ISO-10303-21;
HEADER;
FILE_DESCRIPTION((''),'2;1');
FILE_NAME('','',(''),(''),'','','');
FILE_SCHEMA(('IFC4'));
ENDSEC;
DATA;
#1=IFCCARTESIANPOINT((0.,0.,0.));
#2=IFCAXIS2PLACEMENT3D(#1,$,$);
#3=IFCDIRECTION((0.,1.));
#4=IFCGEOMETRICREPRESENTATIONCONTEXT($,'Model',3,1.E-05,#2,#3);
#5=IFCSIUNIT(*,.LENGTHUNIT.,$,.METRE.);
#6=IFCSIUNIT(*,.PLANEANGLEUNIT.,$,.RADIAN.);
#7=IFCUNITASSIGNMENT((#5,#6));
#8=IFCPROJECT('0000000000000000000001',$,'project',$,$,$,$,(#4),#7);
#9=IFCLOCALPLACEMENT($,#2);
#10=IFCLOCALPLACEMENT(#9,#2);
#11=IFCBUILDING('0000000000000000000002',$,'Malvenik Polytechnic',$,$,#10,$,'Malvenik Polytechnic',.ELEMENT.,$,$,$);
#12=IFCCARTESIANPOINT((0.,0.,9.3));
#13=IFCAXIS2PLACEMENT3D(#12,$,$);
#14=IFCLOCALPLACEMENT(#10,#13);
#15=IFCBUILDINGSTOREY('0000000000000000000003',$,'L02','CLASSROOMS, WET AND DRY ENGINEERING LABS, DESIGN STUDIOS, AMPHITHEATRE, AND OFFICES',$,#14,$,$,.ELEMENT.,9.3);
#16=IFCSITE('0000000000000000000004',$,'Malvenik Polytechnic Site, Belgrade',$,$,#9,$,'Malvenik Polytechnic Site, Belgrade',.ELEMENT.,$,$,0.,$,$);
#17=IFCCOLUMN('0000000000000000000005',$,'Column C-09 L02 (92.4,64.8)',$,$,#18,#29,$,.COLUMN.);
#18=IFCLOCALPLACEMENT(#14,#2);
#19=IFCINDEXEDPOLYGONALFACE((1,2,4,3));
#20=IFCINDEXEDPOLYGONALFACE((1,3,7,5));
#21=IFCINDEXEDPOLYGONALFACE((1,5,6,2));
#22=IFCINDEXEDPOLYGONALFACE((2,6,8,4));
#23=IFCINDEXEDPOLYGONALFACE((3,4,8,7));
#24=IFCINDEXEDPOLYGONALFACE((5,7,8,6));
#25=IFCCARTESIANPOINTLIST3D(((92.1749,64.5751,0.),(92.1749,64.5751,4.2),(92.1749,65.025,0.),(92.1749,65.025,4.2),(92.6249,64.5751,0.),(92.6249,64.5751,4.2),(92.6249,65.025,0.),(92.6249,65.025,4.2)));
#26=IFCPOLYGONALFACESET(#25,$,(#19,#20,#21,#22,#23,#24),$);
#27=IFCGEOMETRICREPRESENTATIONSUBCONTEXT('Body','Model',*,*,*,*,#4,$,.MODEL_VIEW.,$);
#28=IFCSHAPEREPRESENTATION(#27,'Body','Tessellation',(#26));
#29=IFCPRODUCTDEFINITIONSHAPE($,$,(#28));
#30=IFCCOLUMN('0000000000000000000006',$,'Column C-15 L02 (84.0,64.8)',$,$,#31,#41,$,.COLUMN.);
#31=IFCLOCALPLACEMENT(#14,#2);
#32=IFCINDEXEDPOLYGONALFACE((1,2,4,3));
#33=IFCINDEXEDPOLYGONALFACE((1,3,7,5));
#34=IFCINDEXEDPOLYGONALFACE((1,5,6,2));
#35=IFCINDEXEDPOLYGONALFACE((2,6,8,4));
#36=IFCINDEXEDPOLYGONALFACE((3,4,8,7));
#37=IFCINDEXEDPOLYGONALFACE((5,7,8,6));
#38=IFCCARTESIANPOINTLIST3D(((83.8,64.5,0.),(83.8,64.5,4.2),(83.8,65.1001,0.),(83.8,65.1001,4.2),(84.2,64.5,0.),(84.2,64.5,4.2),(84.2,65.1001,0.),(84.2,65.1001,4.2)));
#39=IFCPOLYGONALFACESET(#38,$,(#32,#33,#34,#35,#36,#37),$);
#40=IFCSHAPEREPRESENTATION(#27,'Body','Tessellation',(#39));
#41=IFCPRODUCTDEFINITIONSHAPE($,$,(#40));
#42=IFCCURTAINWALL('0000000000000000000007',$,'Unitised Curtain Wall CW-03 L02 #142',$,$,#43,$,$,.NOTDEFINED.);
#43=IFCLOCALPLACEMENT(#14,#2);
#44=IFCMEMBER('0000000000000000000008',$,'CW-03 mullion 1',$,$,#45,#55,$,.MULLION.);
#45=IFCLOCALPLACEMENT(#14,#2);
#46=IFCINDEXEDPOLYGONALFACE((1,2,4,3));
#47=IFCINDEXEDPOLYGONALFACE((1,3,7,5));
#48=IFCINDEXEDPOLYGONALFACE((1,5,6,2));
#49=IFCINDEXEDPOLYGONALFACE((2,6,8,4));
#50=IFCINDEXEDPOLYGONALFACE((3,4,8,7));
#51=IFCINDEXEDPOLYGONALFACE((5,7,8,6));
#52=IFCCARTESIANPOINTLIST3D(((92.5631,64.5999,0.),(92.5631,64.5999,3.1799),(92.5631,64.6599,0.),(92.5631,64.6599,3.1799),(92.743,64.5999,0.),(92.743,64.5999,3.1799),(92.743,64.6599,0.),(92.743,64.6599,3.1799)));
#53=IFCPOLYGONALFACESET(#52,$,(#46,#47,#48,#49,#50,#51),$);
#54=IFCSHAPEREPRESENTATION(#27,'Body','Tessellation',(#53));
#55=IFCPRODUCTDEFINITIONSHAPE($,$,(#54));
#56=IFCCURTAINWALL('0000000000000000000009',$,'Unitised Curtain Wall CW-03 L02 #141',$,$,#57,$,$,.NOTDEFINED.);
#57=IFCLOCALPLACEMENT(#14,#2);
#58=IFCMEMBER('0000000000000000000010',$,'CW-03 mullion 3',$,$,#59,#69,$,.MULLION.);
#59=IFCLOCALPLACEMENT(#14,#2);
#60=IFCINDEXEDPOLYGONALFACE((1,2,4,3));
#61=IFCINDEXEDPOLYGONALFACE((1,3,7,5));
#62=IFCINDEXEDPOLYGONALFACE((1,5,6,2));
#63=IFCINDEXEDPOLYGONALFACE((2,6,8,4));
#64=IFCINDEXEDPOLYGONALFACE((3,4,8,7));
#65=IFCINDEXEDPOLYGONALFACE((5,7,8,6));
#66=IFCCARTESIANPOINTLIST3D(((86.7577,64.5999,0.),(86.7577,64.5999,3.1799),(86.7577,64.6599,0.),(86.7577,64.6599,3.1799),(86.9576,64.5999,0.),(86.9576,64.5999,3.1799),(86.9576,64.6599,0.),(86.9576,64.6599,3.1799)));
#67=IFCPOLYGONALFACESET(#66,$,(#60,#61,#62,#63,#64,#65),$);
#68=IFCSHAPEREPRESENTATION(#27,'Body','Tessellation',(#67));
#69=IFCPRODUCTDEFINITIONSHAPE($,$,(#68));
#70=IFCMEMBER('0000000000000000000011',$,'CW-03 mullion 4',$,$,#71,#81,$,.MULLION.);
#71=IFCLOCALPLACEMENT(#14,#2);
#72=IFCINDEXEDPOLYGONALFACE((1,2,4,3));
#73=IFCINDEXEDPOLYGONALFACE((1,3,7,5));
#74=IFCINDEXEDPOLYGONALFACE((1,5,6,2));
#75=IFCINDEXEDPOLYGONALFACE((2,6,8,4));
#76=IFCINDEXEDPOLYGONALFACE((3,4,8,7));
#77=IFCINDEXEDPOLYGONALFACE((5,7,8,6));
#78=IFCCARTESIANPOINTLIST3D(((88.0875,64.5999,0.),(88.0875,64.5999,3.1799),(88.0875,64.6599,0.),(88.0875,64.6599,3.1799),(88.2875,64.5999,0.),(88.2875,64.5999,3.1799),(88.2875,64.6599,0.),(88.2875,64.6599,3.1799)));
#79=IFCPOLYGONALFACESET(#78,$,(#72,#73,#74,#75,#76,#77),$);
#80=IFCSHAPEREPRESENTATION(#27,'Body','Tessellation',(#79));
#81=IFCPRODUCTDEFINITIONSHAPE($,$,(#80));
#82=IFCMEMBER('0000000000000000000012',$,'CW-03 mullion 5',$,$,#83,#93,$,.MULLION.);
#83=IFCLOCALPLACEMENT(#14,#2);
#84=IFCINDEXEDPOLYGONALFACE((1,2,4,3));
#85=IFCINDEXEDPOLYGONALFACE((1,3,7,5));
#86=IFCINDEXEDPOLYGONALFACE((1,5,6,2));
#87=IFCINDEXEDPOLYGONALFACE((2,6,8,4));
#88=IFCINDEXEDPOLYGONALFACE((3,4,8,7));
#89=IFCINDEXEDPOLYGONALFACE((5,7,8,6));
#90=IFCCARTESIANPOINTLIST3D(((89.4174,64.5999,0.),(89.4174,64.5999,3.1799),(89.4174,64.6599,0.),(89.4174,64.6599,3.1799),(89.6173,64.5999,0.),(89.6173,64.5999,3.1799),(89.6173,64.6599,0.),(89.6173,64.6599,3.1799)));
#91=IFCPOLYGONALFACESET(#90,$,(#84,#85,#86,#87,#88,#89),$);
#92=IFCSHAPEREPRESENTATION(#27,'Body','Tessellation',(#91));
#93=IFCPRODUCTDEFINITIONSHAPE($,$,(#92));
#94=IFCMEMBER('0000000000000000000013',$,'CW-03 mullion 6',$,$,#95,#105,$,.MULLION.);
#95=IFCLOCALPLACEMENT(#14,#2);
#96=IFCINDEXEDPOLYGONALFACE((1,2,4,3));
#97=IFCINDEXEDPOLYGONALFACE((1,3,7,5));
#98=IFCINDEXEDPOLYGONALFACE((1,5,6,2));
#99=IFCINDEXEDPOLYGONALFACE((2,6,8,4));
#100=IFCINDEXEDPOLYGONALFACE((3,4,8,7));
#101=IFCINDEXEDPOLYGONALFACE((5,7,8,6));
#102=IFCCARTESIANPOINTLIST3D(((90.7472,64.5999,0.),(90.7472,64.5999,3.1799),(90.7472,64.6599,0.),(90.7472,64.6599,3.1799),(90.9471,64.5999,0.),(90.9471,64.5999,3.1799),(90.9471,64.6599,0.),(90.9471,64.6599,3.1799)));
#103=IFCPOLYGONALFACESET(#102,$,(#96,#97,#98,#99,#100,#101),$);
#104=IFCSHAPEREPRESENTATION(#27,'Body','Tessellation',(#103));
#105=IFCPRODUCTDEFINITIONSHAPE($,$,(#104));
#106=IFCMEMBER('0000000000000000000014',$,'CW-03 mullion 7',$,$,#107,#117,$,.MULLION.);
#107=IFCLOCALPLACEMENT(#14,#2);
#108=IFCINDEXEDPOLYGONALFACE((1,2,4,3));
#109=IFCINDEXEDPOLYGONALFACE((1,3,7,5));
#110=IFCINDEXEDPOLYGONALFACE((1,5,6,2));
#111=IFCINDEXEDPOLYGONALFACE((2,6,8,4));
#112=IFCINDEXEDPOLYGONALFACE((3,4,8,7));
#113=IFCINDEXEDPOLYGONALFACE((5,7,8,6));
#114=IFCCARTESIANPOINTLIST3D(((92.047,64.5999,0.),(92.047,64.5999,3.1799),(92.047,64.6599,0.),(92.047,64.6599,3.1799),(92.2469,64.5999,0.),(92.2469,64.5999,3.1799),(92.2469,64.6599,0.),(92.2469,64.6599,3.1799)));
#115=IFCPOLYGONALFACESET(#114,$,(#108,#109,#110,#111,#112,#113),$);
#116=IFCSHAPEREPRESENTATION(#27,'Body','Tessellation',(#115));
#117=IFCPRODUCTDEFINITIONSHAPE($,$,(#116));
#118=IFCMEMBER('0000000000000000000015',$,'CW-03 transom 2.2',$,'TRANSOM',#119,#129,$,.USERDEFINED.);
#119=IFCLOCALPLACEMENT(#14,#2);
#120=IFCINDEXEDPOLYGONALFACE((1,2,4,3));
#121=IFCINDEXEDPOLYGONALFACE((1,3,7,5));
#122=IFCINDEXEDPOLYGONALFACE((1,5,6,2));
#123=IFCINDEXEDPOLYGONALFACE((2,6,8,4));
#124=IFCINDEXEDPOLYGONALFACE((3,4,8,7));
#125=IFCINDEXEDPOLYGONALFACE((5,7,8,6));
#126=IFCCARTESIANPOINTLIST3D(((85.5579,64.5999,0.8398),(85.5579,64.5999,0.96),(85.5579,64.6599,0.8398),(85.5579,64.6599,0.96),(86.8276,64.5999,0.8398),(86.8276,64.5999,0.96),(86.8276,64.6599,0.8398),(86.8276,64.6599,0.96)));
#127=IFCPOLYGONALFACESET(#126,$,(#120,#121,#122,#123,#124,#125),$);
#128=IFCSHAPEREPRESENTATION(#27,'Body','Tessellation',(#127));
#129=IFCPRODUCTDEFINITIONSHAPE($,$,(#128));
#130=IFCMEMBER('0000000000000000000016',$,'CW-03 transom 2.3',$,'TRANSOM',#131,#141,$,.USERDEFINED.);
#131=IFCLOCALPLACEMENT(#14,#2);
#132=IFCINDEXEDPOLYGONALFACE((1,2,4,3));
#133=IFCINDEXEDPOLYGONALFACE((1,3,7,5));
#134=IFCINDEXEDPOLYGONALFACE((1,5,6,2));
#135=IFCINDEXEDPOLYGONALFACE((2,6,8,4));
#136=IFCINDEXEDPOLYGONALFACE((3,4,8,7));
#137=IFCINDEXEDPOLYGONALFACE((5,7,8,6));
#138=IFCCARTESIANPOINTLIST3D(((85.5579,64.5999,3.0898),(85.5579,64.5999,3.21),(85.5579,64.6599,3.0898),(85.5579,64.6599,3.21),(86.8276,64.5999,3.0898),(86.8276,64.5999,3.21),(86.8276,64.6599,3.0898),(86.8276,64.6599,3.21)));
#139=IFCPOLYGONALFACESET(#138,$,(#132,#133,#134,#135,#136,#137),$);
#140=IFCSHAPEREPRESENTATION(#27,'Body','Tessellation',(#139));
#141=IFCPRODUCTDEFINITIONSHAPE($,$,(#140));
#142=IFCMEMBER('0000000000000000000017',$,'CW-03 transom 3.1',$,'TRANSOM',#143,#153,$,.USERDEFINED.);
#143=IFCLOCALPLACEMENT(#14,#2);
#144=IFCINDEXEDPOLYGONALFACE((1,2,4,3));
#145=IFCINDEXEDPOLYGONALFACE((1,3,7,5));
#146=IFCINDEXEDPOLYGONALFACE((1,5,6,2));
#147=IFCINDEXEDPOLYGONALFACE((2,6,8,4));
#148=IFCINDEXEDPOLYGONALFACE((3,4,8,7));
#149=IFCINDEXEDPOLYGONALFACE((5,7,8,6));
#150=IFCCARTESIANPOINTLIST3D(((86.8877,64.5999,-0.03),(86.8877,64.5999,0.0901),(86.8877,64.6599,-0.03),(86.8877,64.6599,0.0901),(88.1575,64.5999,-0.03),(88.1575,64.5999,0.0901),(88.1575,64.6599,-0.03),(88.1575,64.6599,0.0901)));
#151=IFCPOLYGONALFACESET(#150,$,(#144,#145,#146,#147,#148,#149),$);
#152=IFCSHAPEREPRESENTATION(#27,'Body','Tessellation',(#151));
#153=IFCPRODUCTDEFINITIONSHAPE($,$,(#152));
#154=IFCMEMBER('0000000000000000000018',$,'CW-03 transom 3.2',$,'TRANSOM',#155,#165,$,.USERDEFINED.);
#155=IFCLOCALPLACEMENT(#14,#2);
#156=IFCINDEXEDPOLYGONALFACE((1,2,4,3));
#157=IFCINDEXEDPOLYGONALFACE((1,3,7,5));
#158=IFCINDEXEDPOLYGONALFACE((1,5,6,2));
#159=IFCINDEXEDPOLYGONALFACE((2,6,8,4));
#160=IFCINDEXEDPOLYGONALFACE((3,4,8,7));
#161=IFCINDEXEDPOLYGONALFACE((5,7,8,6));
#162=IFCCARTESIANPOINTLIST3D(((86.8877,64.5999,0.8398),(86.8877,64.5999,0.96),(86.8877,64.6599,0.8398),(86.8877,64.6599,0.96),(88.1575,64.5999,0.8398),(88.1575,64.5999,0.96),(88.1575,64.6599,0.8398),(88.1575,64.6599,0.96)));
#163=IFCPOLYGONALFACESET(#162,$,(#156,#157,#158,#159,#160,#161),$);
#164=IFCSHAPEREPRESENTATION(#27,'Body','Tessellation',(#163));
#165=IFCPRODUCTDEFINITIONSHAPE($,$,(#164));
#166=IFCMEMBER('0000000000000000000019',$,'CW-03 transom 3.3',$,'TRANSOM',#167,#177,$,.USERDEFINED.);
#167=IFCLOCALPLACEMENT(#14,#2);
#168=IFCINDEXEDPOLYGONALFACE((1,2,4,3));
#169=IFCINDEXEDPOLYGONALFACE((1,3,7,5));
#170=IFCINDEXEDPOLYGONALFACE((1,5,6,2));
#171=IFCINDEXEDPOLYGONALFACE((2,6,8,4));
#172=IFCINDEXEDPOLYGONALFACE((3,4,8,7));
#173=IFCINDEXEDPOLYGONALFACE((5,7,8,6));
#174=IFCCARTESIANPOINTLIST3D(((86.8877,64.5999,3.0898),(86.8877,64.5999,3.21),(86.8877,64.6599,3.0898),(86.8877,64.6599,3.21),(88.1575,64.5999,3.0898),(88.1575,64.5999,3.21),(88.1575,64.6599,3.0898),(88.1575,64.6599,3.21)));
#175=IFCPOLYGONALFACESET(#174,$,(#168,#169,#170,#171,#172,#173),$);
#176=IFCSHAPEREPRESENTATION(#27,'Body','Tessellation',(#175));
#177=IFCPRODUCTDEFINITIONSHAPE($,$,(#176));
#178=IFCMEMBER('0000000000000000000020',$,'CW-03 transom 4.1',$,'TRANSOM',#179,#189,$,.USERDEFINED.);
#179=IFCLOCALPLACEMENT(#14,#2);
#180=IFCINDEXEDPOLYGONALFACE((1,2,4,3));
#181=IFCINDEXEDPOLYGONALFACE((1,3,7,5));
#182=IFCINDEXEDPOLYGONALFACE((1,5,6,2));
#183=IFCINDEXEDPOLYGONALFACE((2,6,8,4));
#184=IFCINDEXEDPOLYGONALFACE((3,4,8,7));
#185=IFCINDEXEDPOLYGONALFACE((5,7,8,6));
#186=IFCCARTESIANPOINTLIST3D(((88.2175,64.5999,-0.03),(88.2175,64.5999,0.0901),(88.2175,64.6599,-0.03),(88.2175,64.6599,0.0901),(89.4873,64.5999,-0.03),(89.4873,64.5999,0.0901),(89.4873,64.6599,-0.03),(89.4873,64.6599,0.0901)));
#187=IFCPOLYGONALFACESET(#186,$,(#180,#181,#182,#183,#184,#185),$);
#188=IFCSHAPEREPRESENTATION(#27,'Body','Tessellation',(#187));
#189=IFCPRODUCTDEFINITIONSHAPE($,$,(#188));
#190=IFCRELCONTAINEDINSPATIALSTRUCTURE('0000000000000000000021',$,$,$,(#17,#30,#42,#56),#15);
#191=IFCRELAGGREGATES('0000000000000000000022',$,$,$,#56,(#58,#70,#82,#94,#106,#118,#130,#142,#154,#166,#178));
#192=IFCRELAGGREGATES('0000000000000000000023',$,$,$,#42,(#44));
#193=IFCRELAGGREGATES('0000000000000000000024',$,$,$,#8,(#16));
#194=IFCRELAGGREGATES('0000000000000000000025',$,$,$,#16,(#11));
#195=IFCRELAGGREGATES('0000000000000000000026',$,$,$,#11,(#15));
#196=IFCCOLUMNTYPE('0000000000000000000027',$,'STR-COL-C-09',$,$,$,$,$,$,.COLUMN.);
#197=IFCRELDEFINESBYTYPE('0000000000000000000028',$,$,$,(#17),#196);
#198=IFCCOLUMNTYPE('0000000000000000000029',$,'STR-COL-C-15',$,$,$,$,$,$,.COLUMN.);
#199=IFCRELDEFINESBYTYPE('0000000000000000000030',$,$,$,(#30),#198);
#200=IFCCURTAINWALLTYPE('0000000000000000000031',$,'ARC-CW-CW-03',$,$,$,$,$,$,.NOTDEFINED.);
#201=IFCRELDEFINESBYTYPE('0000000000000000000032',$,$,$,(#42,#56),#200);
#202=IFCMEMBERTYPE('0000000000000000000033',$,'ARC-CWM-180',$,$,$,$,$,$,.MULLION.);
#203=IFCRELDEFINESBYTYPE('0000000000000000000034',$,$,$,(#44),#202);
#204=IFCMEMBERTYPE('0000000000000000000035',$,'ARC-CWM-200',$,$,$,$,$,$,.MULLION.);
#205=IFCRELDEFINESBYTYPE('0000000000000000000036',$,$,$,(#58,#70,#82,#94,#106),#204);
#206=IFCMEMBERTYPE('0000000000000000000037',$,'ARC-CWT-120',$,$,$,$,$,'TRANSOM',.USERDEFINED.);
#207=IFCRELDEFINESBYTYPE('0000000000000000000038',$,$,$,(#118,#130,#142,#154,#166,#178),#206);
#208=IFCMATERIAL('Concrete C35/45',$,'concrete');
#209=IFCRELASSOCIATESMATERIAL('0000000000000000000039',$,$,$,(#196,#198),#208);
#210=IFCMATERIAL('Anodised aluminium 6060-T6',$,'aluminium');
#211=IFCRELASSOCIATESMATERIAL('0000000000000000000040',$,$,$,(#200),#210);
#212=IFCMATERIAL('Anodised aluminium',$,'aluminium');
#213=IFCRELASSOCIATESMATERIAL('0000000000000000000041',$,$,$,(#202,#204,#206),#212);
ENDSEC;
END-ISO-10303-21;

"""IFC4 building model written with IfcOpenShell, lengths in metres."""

from ifc_helpers import new_model, si_unit, direction, frame, origin, origin_2d, place, context, subcontext, project, spatial, rectangle, extrude, material, material_profile, profile_set, type_object, element, aggregate, save


model = new_model("IFC4")

# Units and contexts
model_context = context("Model", 3, precision=1e-05, world=origin(), true_north=direction((0.0, 1.0)))
body_context = subcontext(model_context, "Body", "Model", "MODEL_VIEW")
ifc_project = project(units=[si_unit("LENGTHUNIT", "METRE"), si_unit("PLANEANGLEUNIT", "RADIAN")], contexts=[model_context])

# Site, building, storey
site_placement = place(None, origin())
site = spatial("IfcSite", under=ifc_project, at=site_placement, Name="Malvenik Polytechnic Site, Belgrade", LongName="Malvenik Polytechnic Site, Belgrade", CompositionType="ELEMENT", RefElevation=0.0)
building_placement = place(site_placement, origin())
building = spatial("IfcBuilding", under=site, at=building_placement, Name="Malvenik Polytechnic", LongName="Malvenik Polytechnic", CompositionType="ELEMENT")
storey_placement = place(building_placement, frame((0.0, 0.0, 9.3)))
storey = spatial("IfcBuildingStorey", under=building, at=storey_placement, Name="L02", Description="CLASSROOMS, WET AND DRY ENGINEERING LABS, DESIGN STUDIOS, AMPHITHEATRE, AND OFFICES", CompositionType="ELEMENT", Elevation=9.3)

# Columns
ifc_material_1 = material(Name="Concrete C35/45", Category="concrete")
ifc_material_profile_1 = material_profile(ifc_material_1, rectangle(XDim=0.45, YDim=0.45, at=origin_2d()), Name="RC COL 450x450")
ifc_profile_set_1 = profile_set([ifc_material_profile_1], Name="Concrete C35/45")
column_type_1 = type_object("IfcColumnType", Name="STR-COL-C-09", PredefinedType="COLUMN", material=ifc_profile_set_1)
column_1_placement = place(storey_placement, frame((92.3999, 64.8, 0.0), z_axis=(0.0, 0.0, 1.0), x_axis=(1.0, 0.0, 0.0)))
element("IfcColumn", 1, at=column_1_placement, inside=storey, type_object=column_type_1, Name="Column C-09 L02 (92.4,64.8)", PredefinedType="COLUMN", context=body_context, shape_type="SweptSolid", body=[
    extrude(rectangle(XDim=0.45, YDim=0.45, at=origin_2d()), origin(), (0.0, 0.0, 1.0), 4.2),
])
ifc_material_profile_2 = material_profile(ifc_material_1, rectangle(XDim=0.3999, YDim=0.6001, at=origin_2d()), Name="RC COL 600x400")
ifc_profile_set_2 = profile_set([ifc_material_profile_2], Name="Concrete C35/45")
column_type_2 = type_object("IfcColumnType", Name="STR-COL-C-15", PredefinedType="COLUMN", material=ifc_profile_set_2)
column_2_placement = place(storey_placement, frame((84.0, 64.8, 0.0), z_axis=(0.0, 0.0, 1.0), x_axis=(1.0, 0.0, 0.0)))
element("IfcColumn", 2, at=column_2_placement, inside=storey, type_object=column_type_2, Name="Column C-15 L02 (84.0,64.8)", PredefinedType="COLUMN", context=body_context, shape_type="SweptSolid", body=[
    extrude(rectangle(XDim=0.3999, YDim=0.6001, at=origin_2d()), origin(), (0.0, 0.0, 1.0), 4.2),
])

# Curtain wall, member
ifc_material_2 = material(Name="Anodised aluminium 6060-T6", Category="aluminium")
curtain_wall_type = type_object("IfcCurtainWallType", Name="ARC-CW-CW-03", PredefinedType="NOTDEFINED", material=ifc_material_2)
curtain_wall_1_placement = place(storey_placement, origin())
curtain_wall_1 = element("IfcCurtainWall", 3, at=curtain_wall_1_placement, inside=storey, type_object=curtain_wall_type, Name="Unitised Curtain Wall CW-03 L02 #142", PredefinedType="NOTDEFINED")
ifc_material_3 = material(Name="Anodised aluminium", Category="aluminium")
ifc_material_profile_3 = material_profile(ifc_material_3, rectangle(XDim=0.0601, YDim=0.1799, at=origin_2d()), Name="ALU MULLION 60x180")
ifc_profile_set_3 = profile_set([ifc_material_profile_3], Name="Anodised aluminium")
member_type_1 = type_object("IfcMemberType", Name="ARC-CWM-180", PredefinedType="MULLION", material=ifc_profile_set_3)
member_1_placement = place(storey_placement, frame((92.6531, 64.6299, 0.0), z_axis=(0.0, 0.0, 1.0), x_axis=(0.0, 1.0, 0.0)))
member_1 = element("IfcMember", 4, at=member_1_placement, type_object=member_type_1, Name="CW-03 mullion 1", PredefinedType="MULLION", context=body_context, shape_type="SweptSolid", body=[
    extrude(rectangle(XDim=0.0601, YDim=0.1799, at=origin_2d()), origin(), (0.0, 0.0, 1.0), 3.1799),
])

# Curtain wall, members
curtain_wall_2_placement = place(storey_placement, origin())
curtain_wall_2 = element("IfcCurtainWall", 5, at=curtain_wall_2_placement, inside=storey, type_object=curtain_wall_type, Name="Unitised Curtain Wall CW-03 L02 #141", PredefinedType="NOTDEFINED")
ifc_material_profile_4 = material_profile(ifc_material_3, rectangle(XDim=0.0601, YDim=0.2, at=origin_2d()), Name="ALU MULLION 60x200")
ifc_profile_set_4 = profile_set([ifc_material_profile_4], Name="Anodised aluminium")
member_type_2 = type_object("IfcMemberType", Name="ARC-CWM-200", PredefinedType="MULLION", material=ifc_profile_set_4)
member_2_placement = place(storey_placement, frame((86.8577, 64.6299, 0.0), z_axis=(0.0, 0.0, 1.0), x_axis=(0.0, 1.0, 0.0)))
member_2 = element("IfcMember", 6, at=member_2_placement, type_object=member_type_2, Name="CW-03 mullion 3", PredefinedType="MULLION", context=body_context, shape_type="SweptSolid", body=[
    extrude(rectangle(XDim=0.0601, YDim=0.2, at=origin_2d()), origin(), (0.0, 0.0, 1.0), 3.1799),
])
member_3_placement = place(storey_placement, frame((88.1875, 64.6299, 0.0), z_axis=(0.0, 0.0, 1.0), x_axis=(0.0, 1.0, 0.0)))
member_3 = element("IfcMember", 7, at=member_3_placement, type_object=member_type_2, Name="CW-03 mullion 4", PredefinedType="MULLION", context=body_context, shape_type="SweptSolid", body=[
    extrude(rectangle(XDim=0.0601, YDim=0.2, at=origin_2d()), origin(), (0.0, 0.0, 1.0), 3.1799),
])
member_4_placement = place(storey_placement, frame((89.5173, 64.6299, 0.0), z_axis=(0.0, 0.0, 1.0), x_axis=(0.0, 1.0, 0.0)))
member_4 = element("IfcMember", 8, at=member_4_placement, type_object=member_type_2, Name="CW-03 mullion 5", PredefinedType="MULLION", context=body_context, shape_type="SweptSolid", body=[
    extrude(rectangle(XDim=0.0601, YDim=0.2, at=origin_2d()), origin(), (0.0, 0.0, 1.0), 3.1799),
])
member_5_placement = place(storey_placement, frame((90.8472, 64.6299, 0.0), z_axis=(0.0, 0.0, 1.0), x_axis=(0.0, 1.0, 0.0)))
member_5 = element("IfcMember", 9, at=member_5_placement, type_object=member_type_2, Name="CW-03 mullion 6", PredefinedType="MULLION", context=body_context, shape_type="SweptSolid", body=[
    extrude(rectangle(XDim=0.0601, YDim=0.2, at=origin_2d()), origin(), (0.0, 0.0, 1.0), 3.1799),
])
member_6_placement = place(storey_placement, frame((92.147, 64.6299, 0.0), z_axis=(0.0, 0.0, 1.0), x_axis=(0.0, 1.0, 0.0)))
member_6 = element("IfcMember", 10, at=member_6_placement, type_object=member_type_2, Name="CW-03 mullion 7", PredefinedType="MULLION", context=body_context, shape_type="SweptSolid", body=[
    extrude(rectangle(XDim=0.0601, YDim=0.2, at=origin_2d()), origin(), (0.0, 0.0, 1.0), 3.1799),
])
ifc_material_profile_5 = material_profile(ifc_material_3, rectangle(XDim=0.0601, YDim=0.1201, at=origin_2d()), Name="ALU TRANSOM 60x120")
ifc_profile_set_5 = profile_set([ifc_material_profile_5], Name="Anodised aluminium")
member_type_3 = type_object("IfcMemberType", Name="ARC-CWT-120", ElementType="TRANSOM", PredefinedType="USERDEFINED", material=ifc_profile_set_5)
member_7_placement = place(storey_placement, frame((85.5579, 64.6299, 0.8999), z_axis=(1.0, 0.0, 0.0), x_axis=(0.0, 1.0, 0.0)))
member_7 = element("IfcMember", 11, at=member_7_placement, type_object=member_type_3, Name="CW-03 transom 2.2", ObjectType="TRANSOM", PredefinedType="USERDEFINED", context=body_context, shape_type="SweptSolid", body=[
    extrude(rectangle(XDim=0.0601, YDim=0.1201, at=origin_2d()), origin(), (0.0, 0.0, 1.0), 1.2698),
])
member_8_placement = place(storey_placement, frame((85.5579, 64.6299, 3.1499), z_axis=(1.0, 0.0, 0.0), x_axis=(0.0, 1.0, 0.0)))
member_8 = element("IfcMember", 12, at=member_8_placement, type_object=member_type_3, Name="CW-03 transom 2.3", ObjectType="TRANSOM", PredefinedType="USERDEFINED", context=body_context, shape_type="SweptSolid", body=[
    extrude(rectangle(XDim=0.0601, YDim=0.1201, at=origin_2d()), origin(), (0.0, 0.0, 1.0), 1.2698),
])
member_9_placement = place(storey_placement, frame((86.8877, 64.6299, 0.03), z_axis=(1.0, 0.0, 0.0), x_axis=(0.0, 1.0, 0.0)))
member_9 = element("IfcMember", 13, at=member_9_placement, type_object=member_type_3, Name="CW-03 transom 3.1", ObjectType="TRANSOM", PredefinedType="USERDEFINED", context=body_context, shape_type="SweptSolid", body=[
    extrude(rectangle(XDim=0.0601, YDim=0.1201, at=origin_2d()), origin(), (0.0, 0.0, 1.0), 1.2698),
])
member_10_placement = place(storey_placement, frame((86.8877, 64.6299, 0.8999), z_axis=(1.0, 0.0, 0.0), x_axis=(0.0, 1.0, 0.0)))
member_10 = element("IfcMember", 14, at=member_10_placement, type_object=member_type_3, Name="CW-03 transom 3.2", ObjectType="TRANSOM", PredefinedType="USERDEFINED", context=body_context, shape_type="SweptSolid", body=[
    extrude(rectangle(XDim=0.0601, YDim=0.1201, at=origin_2d()), origin(), (0.0, 0.0, 1.0), 1.2698),
])
member_11_placement = place(storey_placement, frame((86.8877, 64.6299, 3.1499), z_axis=(1.0, 0.0, 0.0), x_axis=(0.0, 1.0, 0.0)))
member_11 = element("IfcMember", 15, at=member_11_placement, type_object=member_type_3, Name="CW-03 transom 3.3", ObjectType="TRANSOM", PredefinedType="USERDEFINED", context=body_context, shape_type="SweptSolid", body=[
    extrude(rectangle(XDim=0.0601, YDim=0.1201, at=origin_2d()), origin(), (0.0, 0.0, 1.0), 1.2698),
])
member_12_placement = place(storey_placement, frame((88.2175, 64.6299, 0.03), z_axis=(1.0, 0.0, 0.0), x_axis=(0.0, 1.0, 0.0)))
member_12 = element("IfcMember", 16, at=member_12_placement, type_object=member_type_3, Name="CW-03 transom 4.1", ObjectType="TRANSOM", PredefinedType="USERDEFINED", context=body_context, shape_type="SweptSolid", body=[
    extrude(rectangle(XDim=0.0601, YDim=0.1201, at=origin_2d()), origin(), (0.0, 0.0, 1.0), 1.2698),
])

aggregate(curtain_wall_2, [member_2, member_3, member_4, member_5, member_6, member_7, member_8, member_9, member_10, member_11, member_12])
aggregate(curtain_wall_1, [member_1])

save(model, "model.ifc")
